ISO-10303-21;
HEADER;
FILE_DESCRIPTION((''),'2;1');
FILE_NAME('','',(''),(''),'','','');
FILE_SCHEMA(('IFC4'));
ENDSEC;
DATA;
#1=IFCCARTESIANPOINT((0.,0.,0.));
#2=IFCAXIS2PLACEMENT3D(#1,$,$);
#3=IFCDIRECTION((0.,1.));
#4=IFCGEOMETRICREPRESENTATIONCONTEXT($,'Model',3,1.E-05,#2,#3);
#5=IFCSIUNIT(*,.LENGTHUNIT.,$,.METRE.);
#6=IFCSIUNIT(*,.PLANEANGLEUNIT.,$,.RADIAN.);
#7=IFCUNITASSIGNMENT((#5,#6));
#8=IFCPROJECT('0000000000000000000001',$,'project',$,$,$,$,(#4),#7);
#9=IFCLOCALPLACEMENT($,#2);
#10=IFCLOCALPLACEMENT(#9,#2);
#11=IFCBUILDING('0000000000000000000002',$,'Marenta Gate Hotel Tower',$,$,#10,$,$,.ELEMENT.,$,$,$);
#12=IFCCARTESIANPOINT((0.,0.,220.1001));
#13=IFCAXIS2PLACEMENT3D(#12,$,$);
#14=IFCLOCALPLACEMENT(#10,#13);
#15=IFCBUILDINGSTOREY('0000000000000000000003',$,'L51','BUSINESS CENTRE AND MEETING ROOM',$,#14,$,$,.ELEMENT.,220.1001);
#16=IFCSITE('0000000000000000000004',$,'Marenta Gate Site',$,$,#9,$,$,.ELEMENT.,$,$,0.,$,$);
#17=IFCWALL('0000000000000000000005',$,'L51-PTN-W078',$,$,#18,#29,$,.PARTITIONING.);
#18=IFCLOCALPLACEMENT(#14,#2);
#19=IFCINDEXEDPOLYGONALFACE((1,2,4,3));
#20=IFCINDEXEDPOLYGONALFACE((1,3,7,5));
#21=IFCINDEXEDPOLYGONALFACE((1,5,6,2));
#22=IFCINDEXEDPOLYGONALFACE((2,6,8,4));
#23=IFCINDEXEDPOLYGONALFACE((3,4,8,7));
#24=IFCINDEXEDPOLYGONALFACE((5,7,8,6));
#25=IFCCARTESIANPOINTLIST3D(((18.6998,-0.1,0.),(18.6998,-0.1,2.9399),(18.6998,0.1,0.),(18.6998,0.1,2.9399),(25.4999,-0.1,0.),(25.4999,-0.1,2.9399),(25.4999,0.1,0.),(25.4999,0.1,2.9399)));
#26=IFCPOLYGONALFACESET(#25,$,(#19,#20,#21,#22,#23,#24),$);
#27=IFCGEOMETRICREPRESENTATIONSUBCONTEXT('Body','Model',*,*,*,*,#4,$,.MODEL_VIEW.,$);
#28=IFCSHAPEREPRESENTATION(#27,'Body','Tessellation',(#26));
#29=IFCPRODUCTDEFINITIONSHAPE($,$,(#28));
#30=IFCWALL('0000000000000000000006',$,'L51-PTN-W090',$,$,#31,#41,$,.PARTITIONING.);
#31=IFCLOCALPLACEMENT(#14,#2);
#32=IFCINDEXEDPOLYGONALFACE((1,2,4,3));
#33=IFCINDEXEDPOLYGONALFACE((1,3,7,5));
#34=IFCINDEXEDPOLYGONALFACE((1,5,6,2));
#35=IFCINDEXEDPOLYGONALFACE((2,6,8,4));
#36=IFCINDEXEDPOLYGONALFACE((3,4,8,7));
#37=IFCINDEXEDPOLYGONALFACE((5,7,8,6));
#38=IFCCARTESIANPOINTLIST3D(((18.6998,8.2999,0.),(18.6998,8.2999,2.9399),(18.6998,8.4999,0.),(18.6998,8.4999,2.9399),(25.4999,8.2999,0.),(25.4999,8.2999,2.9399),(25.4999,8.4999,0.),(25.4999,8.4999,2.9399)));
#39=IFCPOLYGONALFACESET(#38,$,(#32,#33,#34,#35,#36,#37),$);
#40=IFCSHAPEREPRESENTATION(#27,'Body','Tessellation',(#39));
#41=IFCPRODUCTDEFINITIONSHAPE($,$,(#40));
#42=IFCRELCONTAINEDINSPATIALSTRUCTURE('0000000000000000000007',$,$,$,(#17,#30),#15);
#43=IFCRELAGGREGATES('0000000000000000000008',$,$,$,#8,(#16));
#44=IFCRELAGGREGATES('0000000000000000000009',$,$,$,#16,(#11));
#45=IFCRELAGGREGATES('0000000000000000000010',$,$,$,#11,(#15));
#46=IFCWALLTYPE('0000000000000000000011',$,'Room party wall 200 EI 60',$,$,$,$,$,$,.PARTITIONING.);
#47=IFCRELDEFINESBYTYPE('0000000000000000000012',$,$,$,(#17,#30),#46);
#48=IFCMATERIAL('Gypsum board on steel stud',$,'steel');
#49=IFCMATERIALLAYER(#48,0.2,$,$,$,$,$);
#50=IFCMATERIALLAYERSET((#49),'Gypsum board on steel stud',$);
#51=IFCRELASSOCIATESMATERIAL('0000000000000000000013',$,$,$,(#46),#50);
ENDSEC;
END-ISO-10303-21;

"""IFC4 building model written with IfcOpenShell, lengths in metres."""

from ifc_helpers import new_model, si_unit, direction, frame, frame_2d, origin, place, context, subcontext, project, spatial, rectangle, extrude, material, layer, layer_set, type_object, element, save


model = new_model("IFC4")

# Units and contexts
model_context = context("Model", 3, precision=1e-05, world=origin(), true_north=direction((0.0, 1.0)))
body_context = subcontext(model_context, "Body", "Model", "MODEL_VIEW")
ifc_project = project(units=[si_unit("LENGTHUNIT", "METRE"), si_unit("PLANEANGLEUNIT", "RADIAN")], contexts=[model_context])

# Site, building, storey
site_placement = place(None, origin())
site = spatial("IfcSite", under=ifc_project, at=site_placement, Name="Marenta Gate Site", CompositionType="ELEMENT", RefElevation=0.0)
building_placement = place(site_placement, origin())
building = spatial("IfcBuilding", under=site, at=building_placement, Name="Marenta Gate Hotel Tower", CompositionType="ELEMENT")
storey_placement = place(building_placement, frame((0.0, 0.0, 220.1001)))
storey = spatial("IfcBuildingStorey", under=building, at=storey_placement, Name="L51", Description="BUSINESS CENTRE AND MEETING ROOM", CompositionType="ELEMENT", Elevation=220.1001)

# Walls
ifc_material_1 = material(Name="Gypsum board on steel stud", Category="steel")
ifc_layer_1 = layer(ifc_material_1, 0.2)
ifc_layer_set_1 = layer_set([ifc_layer_1], Name="Gypsum board on steel stud")
wall_type_1 = type_object("IfcWallType", Name="Room party wall 200 EI 60", PredefinedType="PARTITIONING", material=ifc_layer_set_1)
for number, where, z_axis, x_axis, name in (
    (1, (18.7, 0.0, 0.0), (0.0, 0.0, 1.0), (1.0, 0.0, 0.0), "L51-PTN-W078"),
    (2, (18.7, 8.3999, 0.0), (0.0, 0.0, 1.0), (1.0, 0.0, 0.0), "L51-PTN-W090"),
):
    element("IfcWall", number, at=place(storey_placement, frame(where, z_axis=z_axis, x_axis=x_axis)), inside=storey, type_object=wall_type_1, Name=name, PredefinedType="PARTITIONING", context=body_context, shape_type="SweptSolid", body=[
        extrude(rectangle(XDim=6.8, YDim=0.2, at=frame_2d((3.3999, 0.0))), origin(), (0.0, 0.0, 1.0), 2.9399),
    ])

save(model, "model.ifc")
